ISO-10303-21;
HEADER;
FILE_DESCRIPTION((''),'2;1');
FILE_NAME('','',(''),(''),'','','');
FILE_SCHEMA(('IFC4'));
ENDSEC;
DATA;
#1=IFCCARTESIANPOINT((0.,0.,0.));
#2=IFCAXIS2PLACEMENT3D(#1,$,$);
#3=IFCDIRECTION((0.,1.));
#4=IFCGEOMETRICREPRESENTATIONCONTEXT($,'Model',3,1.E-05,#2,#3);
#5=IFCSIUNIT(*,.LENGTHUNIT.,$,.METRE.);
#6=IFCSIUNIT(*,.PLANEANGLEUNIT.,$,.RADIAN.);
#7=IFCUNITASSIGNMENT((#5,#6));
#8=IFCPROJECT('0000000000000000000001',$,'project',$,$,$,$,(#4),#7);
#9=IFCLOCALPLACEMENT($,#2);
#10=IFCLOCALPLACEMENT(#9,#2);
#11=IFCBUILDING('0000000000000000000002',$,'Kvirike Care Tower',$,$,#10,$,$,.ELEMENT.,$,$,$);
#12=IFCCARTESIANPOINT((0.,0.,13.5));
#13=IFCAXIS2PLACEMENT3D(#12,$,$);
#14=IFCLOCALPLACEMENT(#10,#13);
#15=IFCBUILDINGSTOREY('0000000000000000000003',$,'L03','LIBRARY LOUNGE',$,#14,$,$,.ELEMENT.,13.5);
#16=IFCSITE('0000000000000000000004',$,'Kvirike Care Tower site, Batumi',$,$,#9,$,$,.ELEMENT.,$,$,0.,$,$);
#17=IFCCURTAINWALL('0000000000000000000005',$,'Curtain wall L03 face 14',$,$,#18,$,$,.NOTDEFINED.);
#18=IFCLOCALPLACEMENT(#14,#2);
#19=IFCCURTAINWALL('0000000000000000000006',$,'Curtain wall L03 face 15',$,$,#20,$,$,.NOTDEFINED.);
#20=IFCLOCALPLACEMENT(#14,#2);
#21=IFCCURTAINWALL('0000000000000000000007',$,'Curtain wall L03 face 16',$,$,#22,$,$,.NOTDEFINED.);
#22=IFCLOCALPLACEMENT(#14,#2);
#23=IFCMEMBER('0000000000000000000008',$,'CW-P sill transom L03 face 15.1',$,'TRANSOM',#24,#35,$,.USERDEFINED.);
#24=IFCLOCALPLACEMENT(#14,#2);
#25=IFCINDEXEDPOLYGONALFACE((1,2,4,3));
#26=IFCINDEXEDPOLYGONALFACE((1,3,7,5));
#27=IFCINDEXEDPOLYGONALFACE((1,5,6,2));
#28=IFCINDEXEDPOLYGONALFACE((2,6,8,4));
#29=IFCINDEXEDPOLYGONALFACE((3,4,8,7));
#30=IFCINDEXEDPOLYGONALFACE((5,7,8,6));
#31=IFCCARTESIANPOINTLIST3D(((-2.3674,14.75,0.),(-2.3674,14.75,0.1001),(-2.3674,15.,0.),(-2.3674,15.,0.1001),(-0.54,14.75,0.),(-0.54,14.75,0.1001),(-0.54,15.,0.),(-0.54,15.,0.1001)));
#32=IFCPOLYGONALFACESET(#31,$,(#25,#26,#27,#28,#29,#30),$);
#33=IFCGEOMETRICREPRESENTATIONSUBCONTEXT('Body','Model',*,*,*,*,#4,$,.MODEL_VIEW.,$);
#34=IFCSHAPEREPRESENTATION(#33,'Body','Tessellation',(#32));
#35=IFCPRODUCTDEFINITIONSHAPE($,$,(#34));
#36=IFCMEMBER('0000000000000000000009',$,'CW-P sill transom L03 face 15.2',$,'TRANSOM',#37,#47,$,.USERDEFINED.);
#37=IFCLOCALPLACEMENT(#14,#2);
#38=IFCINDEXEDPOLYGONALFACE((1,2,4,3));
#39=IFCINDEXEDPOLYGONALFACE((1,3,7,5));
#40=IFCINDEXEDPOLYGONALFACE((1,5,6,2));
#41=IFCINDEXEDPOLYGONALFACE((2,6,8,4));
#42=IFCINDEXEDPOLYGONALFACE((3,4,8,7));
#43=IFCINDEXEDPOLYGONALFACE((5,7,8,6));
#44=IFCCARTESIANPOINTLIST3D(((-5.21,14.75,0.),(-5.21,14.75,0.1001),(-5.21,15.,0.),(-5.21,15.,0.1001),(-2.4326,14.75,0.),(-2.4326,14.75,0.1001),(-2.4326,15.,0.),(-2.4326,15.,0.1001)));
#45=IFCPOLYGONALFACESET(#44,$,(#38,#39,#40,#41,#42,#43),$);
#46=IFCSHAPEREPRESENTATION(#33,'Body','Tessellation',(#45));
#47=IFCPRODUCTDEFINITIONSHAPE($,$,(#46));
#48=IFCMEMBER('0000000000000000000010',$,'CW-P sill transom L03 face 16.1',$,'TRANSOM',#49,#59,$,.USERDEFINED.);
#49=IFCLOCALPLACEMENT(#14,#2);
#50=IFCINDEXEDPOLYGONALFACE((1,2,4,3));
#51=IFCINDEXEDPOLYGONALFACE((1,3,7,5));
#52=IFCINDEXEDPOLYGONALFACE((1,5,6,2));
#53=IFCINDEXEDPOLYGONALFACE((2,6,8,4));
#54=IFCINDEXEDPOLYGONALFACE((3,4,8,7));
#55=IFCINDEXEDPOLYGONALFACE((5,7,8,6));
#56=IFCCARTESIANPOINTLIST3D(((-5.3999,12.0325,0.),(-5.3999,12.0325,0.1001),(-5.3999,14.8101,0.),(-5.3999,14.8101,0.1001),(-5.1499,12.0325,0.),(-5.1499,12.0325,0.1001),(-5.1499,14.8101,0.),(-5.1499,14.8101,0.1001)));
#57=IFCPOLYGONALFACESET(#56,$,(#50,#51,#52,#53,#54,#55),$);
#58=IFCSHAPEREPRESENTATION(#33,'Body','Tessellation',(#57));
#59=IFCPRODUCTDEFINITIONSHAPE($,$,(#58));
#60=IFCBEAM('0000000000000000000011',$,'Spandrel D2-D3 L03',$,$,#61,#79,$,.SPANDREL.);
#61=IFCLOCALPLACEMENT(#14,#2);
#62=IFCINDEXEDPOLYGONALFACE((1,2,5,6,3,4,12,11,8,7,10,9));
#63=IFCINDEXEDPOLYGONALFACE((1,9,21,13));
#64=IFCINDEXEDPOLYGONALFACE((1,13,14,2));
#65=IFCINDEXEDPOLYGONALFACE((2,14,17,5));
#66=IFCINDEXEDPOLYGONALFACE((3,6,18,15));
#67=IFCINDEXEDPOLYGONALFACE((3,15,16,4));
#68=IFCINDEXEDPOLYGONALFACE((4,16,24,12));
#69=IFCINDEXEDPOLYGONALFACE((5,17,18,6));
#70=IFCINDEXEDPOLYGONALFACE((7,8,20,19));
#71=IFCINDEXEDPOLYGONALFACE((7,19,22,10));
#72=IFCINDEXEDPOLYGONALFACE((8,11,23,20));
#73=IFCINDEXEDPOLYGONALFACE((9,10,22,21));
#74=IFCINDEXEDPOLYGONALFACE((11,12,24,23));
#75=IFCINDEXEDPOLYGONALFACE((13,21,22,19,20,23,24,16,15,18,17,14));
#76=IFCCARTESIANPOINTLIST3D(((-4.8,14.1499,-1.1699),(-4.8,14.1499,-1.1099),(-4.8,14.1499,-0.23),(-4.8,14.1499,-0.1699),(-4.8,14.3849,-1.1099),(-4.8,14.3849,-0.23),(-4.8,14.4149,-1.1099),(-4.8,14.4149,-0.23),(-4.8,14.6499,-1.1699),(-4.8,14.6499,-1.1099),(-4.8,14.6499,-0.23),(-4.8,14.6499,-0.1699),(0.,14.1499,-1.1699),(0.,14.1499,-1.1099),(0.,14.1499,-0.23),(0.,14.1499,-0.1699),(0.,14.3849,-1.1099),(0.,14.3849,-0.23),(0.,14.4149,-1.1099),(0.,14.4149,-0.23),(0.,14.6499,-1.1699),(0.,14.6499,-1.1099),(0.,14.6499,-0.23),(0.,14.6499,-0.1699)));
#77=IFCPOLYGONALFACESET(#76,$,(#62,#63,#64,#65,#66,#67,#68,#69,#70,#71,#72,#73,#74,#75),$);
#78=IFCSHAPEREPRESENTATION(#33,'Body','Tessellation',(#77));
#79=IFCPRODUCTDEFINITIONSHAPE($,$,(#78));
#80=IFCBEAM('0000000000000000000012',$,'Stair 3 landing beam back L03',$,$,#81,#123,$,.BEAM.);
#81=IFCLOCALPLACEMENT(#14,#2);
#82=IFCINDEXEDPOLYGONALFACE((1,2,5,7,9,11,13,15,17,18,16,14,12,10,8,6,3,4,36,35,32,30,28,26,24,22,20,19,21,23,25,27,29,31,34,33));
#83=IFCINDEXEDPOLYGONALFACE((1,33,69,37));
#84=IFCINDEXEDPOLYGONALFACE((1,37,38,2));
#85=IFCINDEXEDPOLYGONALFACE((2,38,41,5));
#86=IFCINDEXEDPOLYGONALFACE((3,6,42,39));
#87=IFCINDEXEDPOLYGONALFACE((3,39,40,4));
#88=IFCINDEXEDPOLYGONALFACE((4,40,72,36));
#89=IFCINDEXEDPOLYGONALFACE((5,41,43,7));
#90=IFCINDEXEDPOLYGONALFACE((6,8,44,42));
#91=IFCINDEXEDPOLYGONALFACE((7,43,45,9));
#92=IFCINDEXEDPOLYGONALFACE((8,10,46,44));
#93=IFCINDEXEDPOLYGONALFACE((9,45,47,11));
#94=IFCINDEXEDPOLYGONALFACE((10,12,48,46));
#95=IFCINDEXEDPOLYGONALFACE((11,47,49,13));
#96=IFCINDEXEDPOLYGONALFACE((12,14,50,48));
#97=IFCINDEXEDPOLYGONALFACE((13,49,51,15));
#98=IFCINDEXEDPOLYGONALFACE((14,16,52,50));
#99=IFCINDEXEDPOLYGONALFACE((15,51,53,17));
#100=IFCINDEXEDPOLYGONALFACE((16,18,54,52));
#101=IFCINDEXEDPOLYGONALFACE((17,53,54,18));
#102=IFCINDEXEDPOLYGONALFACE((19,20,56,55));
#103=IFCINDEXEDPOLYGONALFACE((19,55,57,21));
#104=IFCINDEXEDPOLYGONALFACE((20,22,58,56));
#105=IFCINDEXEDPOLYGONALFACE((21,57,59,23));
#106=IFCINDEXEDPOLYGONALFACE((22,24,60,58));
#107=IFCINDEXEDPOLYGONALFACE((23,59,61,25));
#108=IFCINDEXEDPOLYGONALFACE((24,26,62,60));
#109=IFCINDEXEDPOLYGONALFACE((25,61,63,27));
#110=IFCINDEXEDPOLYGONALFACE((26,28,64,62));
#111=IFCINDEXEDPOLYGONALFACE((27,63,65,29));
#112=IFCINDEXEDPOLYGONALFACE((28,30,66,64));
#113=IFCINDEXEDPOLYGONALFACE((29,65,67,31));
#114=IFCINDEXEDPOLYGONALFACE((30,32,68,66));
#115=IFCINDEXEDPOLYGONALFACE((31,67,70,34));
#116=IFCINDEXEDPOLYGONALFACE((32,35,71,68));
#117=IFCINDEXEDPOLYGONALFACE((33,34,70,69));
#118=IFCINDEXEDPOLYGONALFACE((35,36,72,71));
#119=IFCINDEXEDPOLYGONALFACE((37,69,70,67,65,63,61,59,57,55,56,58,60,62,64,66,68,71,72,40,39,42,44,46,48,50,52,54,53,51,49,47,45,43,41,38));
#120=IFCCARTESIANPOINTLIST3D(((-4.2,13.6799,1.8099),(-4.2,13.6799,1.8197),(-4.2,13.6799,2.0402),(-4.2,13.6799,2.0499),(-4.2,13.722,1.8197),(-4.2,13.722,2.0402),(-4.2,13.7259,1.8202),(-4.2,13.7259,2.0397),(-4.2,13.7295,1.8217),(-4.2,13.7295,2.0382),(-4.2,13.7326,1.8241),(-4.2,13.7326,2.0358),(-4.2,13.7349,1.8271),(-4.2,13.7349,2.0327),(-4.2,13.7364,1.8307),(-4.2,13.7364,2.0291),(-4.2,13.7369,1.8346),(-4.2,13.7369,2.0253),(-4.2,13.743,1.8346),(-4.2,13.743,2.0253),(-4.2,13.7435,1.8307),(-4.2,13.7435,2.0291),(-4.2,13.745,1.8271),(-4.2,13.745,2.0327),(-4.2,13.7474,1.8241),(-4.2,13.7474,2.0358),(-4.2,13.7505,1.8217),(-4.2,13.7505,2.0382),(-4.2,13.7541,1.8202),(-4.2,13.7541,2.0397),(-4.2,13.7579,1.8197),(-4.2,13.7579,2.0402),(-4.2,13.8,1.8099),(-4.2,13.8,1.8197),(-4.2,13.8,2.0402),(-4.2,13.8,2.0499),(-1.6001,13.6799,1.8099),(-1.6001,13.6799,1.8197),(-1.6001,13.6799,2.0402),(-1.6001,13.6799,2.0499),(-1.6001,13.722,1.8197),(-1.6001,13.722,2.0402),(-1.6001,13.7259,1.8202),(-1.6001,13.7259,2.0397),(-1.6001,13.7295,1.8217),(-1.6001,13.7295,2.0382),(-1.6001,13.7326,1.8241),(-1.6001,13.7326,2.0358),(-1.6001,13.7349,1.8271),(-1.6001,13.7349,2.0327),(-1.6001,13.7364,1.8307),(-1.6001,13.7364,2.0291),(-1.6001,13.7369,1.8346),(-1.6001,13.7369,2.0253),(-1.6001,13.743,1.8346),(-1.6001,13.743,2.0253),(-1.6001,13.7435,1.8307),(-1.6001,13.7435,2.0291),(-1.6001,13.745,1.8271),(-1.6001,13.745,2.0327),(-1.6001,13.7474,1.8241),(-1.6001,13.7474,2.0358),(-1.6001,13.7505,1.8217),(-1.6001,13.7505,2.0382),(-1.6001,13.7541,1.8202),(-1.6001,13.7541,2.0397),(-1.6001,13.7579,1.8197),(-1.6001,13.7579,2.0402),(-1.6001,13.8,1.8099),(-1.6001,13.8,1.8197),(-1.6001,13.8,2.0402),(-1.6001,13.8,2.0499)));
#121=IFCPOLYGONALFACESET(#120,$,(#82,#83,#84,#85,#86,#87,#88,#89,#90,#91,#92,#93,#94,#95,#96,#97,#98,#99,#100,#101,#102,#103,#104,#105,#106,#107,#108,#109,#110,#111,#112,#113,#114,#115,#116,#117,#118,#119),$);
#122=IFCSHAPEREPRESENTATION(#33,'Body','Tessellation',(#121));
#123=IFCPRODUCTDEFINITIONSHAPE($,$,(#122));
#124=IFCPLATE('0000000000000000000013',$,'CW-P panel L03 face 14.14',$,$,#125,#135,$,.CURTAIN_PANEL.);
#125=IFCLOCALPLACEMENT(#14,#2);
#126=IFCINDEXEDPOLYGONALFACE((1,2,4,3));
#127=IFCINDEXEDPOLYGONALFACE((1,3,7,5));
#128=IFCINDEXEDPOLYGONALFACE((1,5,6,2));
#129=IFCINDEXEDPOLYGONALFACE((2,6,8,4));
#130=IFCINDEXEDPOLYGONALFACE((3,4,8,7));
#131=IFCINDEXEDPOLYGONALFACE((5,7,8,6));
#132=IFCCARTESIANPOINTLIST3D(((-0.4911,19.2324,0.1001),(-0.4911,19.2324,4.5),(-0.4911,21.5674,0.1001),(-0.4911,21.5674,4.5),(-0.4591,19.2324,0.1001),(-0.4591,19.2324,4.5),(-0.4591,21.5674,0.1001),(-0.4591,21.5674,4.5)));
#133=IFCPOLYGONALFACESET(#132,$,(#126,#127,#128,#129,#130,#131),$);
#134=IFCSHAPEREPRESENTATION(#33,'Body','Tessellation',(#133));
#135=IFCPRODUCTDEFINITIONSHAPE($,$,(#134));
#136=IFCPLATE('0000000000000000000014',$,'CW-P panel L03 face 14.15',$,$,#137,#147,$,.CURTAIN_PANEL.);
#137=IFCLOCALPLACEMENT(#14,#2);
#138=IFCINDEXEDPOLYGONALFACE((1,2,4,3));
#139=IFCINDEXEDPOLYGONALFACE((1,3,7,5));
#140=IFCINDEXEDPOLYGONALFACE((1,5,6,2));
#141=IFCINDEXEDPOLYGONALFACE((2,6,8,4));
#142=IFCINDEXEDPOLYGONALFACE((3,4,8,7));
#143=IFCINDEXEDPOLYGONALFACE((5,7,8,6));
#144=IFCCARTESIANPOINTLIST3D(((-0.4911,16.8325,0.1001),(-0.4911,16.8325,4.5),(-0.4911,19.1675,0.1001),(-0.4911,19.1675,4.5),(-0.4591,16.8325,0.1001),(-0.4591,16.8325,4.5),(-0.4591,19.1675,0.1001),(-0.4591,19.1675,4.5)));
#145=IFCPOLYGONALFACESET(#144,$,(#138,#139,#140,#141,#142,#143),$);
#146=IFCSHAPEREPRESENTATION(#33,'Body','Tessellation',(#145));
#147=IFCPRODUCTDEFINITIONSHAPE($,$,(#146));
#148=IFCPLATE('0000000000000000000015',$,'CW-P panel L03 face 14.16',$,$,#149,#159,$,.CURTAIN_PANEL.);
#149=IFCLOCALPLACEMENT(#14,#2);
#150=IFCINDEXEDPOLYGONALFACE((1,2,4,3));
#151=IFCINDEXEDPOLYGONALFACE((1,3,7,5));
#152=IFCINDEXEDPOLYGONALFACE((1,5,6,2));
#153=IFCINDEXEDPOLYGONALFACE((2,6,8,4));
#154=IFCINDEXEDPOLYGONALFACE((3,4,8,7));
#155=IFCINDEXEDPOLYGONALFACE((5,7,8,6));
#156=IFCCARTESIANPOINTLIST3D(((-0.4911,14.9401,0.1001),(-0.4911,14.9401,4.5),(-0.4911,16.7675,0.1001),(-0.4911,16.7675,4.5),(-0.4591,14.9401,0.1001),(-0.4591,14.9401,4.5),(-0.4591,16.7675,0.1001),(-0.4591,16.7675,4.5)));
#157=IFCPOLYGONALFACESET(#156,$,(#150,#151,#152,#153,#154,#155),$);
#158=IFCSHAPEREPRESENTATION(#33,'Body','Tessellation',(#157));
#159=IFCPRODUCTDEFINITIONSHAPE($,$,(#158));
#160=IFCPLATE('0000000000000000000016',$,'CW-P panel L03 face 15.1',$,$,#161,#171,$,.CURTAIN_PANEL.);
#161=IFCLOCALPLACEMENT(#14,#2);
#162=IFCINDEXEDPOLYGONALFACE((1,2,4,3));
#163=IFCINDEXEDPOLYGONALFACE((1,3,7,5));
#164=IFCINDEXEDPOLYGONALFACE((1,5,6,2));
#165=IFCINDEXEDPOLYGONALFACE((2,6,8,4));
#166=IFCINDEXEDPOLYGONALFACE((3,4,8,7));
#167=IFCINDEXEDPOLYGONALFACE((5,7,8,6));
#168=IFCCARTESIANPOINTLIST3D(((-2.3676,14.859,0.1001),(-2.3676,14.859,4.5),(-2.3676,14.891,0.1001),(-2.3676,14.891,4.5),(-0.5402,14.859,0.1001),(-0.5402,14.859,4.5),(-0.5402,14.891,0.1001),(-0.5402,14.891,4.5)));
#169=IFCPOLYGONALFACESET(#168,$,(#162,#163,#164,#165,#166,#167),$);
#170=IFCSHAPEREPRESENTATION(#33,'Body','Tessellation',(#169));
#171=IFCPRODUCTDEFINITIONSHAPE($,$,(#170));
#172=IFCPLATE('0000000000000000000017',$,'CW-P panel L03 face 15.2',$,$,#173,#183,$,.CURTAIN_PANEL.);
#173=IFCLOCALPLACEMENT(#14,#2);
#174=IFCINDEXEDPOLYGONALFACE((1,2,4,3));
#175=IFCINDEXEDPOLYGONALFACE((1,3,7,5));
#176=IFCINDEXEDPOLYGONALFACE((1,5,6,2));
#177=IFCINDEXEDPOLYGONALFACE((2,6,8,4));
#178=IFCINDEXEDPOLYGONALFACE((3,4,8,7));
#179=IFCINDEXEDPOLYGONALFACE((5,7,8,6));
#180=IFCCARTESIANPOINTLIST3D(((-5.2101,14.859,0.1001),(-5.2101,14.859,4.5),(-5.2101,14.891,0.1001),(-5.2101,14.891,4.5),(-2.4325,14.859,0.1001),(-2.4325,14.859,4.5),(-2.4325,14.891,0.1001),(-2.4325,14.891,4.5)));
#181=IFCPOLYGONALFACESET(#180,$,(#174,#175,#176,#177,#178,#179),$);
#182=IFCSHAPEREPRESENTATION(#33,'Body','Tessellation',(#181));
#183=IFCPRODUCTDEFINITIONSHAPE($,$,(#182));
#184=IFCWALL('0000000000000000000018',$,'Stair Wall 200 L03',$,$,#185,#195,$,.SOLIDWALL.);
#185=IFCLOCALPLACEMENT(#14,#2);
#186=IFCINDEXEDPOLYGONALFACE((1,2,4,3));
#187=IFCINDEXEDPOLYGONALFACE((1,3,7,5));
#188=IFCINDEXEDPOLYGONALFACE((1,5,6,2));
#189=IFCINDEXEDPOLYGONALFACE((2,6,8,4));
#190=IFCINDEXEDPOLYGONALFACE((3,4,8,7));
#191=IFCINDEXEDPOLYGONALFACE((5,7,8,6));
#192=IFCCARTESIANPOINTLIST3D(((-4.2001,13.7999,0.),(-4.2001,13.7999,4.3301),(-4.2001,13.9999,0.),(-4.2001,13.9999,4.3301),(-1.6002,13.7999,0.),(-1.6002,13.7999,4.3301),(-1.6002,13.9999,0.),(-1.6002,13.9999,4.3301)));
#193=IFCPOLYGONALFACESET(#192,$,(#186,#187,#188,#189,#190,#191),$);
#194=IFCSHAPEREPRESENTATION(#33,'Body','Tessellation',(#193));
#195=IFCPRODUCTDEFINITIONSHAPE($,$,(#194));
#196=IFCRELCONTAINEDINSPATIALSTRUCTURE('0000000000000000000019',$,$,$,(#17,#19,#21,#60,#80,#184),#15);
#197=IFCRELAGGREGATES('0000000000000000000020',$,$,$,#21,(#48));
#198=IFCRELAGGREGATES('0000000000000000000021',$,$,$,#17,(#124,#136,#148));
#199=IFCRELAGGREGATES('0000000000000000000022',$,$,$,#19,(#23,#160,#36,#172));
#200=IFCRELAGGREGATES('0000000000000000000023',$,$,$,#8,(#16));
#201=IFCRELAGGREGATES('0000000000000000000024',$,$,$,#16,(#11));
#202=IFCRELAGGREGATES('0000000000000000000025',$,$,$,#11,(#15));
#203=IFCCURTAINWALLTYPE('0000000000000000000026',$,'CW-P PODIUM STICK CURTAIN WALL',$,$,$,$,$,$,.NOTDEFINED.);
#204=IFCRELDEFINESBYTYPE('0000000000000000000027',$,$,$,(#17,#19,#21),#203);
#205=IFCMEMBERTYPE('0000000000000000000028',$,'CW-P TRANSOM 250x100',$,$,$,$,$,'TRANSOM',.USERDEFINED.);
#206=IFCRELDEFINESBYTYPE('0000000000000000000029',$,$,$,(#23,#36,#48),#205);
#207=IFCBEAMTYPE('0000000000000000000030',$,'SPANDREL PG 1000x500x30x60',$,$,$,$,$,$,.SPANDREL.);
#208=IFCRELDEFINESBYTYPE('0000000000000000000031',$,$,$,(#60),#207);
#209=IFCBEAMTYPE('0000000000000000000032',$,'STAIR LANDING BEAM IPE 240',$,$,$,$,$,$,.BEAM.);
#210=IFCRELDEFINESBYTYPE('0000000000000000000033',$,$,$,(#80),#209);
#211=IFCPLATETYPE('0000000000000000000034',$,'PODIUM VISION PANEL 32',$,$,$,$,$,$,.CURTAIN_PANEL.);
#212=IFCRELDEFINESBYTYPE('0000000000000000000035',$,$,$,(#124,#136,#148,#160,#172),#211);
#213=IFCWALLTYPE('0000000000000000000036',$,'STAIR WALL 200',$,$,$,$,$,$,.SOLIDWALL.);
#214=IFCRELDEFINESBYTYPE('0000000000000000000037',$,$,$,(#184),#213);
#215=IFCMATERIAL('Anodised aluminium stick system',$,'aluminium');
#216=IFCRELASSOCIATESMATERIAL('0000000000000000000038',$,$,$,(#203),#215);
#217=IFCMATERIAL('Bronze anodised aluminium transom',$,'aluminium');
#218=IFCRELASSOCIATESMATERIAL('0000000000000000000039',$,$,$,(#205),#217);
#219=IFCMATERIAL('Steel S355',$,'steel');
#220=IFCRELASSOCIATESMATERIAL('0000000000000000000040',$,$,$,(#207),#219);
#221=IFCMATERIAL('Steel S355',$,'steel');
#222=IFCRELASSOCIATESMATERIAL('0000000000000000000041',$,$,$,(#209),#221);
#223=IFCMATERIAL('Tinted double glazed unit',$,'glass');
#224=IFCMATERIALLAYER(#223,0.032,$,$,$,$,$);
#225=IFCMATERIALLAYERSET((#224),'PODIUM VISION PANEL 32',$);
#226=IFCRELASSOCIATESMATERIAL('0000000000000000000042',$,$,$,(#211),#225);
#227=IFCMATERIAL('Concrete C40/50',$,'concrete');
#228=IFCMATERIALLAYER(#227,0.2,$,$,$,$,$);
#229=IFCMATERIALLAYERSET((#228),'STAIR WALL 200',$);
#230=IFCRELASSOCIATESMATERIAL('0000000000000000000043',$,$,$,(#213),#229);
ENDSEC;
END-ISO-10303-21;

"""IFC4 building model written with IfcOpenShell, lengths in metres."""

from ifc_helpers import new_model, si_unit, direction, frame, frame_2d, origin, origin_2d, place, context, subcontext, project, spatial, rectangle, i_section, extrude, material, layer, layer_set, material_profile, profile_set, type_object, element, aggregate, save


model = new_model("IFC4")

# Units and contexts
model_context = context("Model", 3, precision=1e-05, world=origin(), true_north=direction((0.0, 1.0)))
body_context = subcontext(model_context, "Body", "Model", "MODEL_VIEW")
ifc_project = project(units=[si_unit("LENGTHUNIT", "METRE"), si_unit("PLANEANGLEUNIT", "RADIAN")], contexts=[model_context])

# Site, building, storey
site_placement = place(None, origin())
site = spatial("IfcSite", under=ifc_project, at=site_placement, Name="Kvirike Care Tower site, Batumi", CompositionType="ELEMENT", RefElevation=0.0)
building_placement = place(site_placement, origin())
building = spatial("IfcBuilding", under=site, at=building_placement, Name="Kvirike Care Tower", CompositionType="ELEMENT")
storey_placement = place(building_placement, frame((0.0, 0.0, 13.5)))
storey = spatial("IfcBuildingStorey", under=building, at=storey_placement, Name="L03", Description="LIBRARY LOUNGE", CompositionType="ELEMENT", Elevation=13.5)

# Curtain walls
ifc_material_1 = material(Name="Anodised aluminium stick system", Category="aluminium")
curtain_wall_type = type_object("IfcCurtainWallType", Name="CW-P PODIUM STICK CURTAIN WALL", PredefinedType="NOTDEFINED", material=ifc_material_1)
curtain_wall_1_placement = place(storey_placement, origin())
curtain_wall_1 = element("IfcCurtainWall", 1, at=curtain_wall_1_placement, inside=storey, type_object=curtain_wall_type, Name="Curtain wall L03 face 14", PredefinedType="NOTDEFINED")
curtain_wall_2_placement = place(storey_placement, origin())
curtain_wall_2 = element("IfcCurtainWall", 2, at=curtain_wall_2_placement, inside=storey, type_object=curtain_wall_type, Name="Curtain wall L03 face 15", PredefinedType="NOTDEFINED")

# Curtain wall
curtain_wall_3_placement = place(storey_placement, origin())
curtain_wall_3 = element("IfcCurtainWall", 3, at=curtain_wall_3_placement, inside=storey, type_object=curtain_wall_type, Name="Curtain wall L03 face 16", PredefinedType="NOTDEFINED")

# Members
ifc_material_2 = material(Name="Bronze anodised aluminium transom", Category="aluminium")
ifc_material_profile_1 = material_profile(ifc_material_2, rectangle(XDim=0.25, YDim=0.1001, at=origin_2d()), Name="CW-P TRANSOM 250x100")
ifc_profile_set_1 = profile_set([ifc_material_profile_1], Name="Bronze anodised aluminium transom")
member_type_1 = type_object("IfcMemberType", Name="CW-P TRANSOM 250x100", ElementType="TRANSOM", PredefinedType="USERDEFINED", material=ifc_profile_set_1)
member_1_placement = place(storey_placement, frame((-0.54, 14.875, 0.05), z_axis=(-1.0, 0.0, 0.0), x_axis=(0.0, -1.0, 0.0)))
member_1 = element("IfcMember", 4, at=member_1_placement, type_object=member_type_1, Name="CW-P sill transom L03 face 15.1", ObjectType="TRANSOM", PredefinedType="USERDEFINED", context=body_context, shape_type="SweptSolid", body=[
    extrude(rectangle(XDim=0.25, YDim=0.1001, at=origin_2d()), origin(), (0.0, 0.0, 1.0), 1.8274),
])
member_2_placement = place(storey_placement, frame((-2.4326, 14.875, 0.05), z_axis=(-1.0, 0.0, 0.0), x_axis=(0.0, -1.0, 0.0)))
member_2 = element("IfcMember", 5, at=member_2_placement, type_object=member_type_1, Name="CW-P sill transom L03 face 15.2", ObjectType="TRANSOM", PredefinedType="USERDEFINED", context=body_context, shape_type="SweptSolid", body=[
    extrude(rectangle(XDim=0.25, YDim=0.1001, at=origin_2d()), origin(), (0.0, 0.0, 1.0), 2.7773),
])
member_3_placement = place(storey_placement, frame((-5.2749, 14.8101, 0.05), z_axis=(0.0, -1.0, 0.0), x_axis=(1.0, 0.0, 0.0)))
member_3 = element("IfcMember", 6, at=member_3_placement, type_object=member_type_1, Name="CW-P sill transom L03 face 16.1", ObjectType="TRANSOM", PredefinedType="USERDEFINED", context=body_context, shape_type="SweptSolid", body=[
    extrude(rectangle(XDim=0.25, YDim=0.1001, at=origin_2d()), origin(), (0.0, 0.0, 1.0), 2.7776),
])
aggregate(curtain_wall_3, [member_3])

# Beams
ifc_material_3 = material(Name="Steel S355", Category="steel")
ifc_material_profile_2 = material_profile(ifc_material_3, i_section(OverallWidth=0.5, OverallDepth=1.0, WebThickness=0.03, FlangeThickness=0.0601, at=origin_2d()), Name="PG 1000x500x30x60")
ifc_profile_set_2 = profile_set([ifc_material_profile_2], Name="Steel S355")
beam_type_1 = type_object("IfcBeamType", Name="SPANDREL PG 1000x500x30x60", PredefinedType="SPANDREL", material=ifc_profile_set_2)
beam_1_placement = place(storey_placement, frame((-4.8, 14.3999, -0.6699), z_axis=(1.0, 0.0, 0.0), x_axis=(0.0, 1.0, 0.0)))
element("IfcBeam", 7, at=beam_1_placement, inside=storey, type_object=beam_type_1, Name="Spandrel D2-D3 L03", PredefinedType="SPANDREL", context=body_context, shape_type="SweptSolid", body=[
    extrude(i_section(OverallWidth=0.5, OverallDepth=1.0, WebThickness=0.03, FlangeThickness=0.0601, at=origin_2d()), origin(), (0.0, 0.0, 1.0), 4.8),
])
ifc_material_4 = material(Name="Steel S355", Category="steel")
ifc_material_profile_3 = material_profile(ifc_material_4, i_section(OverallWidth=0.1201, OverallDepth=0.24, WebThickness=0.0061, FlangeThickness=0.0098, FilletRadius=0.0149, at=origin_2d()), Name="IPE 240")
ifc_profile_set_3 = profile_set([ifc_material_profile_3], Name="Steel S355")
beam_type_2 = type_object("IfcBeamType", Name="STAIR LANDING BEAM IPE 240", PredefinedType="BEAM", material=ifc_profile_set_3)
beam_2_placement = place(storey_placement, frame((-4.2, 13.74, 1.9299), z_axis=(1.0, 0.0, 0.0), x_axis=(0.0, 1.0, 0.0)))
element("IfcBeam", 8, at=beam_2_placement, inside=storey, type_object=beam_type_2, Name="Stair 3 landing beam back L03", PredefinedType="BEAM", context=body_context, shape_type="SweptSolid", body=[
    extrude(i_section(OverallWidth=0.1201, OverallDepth=0.24, WebThickness=0.0061, FlangeThickness=0.0098, FilletRadius=0.0149, at=origin_2d()), origin(), (0.0, 0.0, 1.0), 2.5999),
])

# Plates
ifc_material_5 = material(Name="Tinted double glazed unit", Category="glass")
ifc_layer_1 = layer(ifc_material_5, 0.032)
ifc_layer_set_1 = layer_set([ifc_layer_1], Name="PODIUM VISION PANEL 32")
plate_type = type_object("IfcPlateType", Name="PODIUM VISION PANEL 32", PredefinedType="CURTAIN_PANEL", material=ifc_layer_set_1)
plate_1_placement = place(storey_placement, frame((-0.4751, 20.3999, 0.1001), z_axis=(0.0, 0.0, 1.0), x_axis=(0.0, -1.0, 0.0)))
plate_1 = element("IfcPlate", 9, at=plate_1_placement, type_object=plate_type, Name="CW-P panel L03 face 14.14", PredefinedType="CURTAIN_PANEL", context=body_context, shape_type="SweptSolid", body=[
    extrude(rectangle(XDim=2.335, YDim=0.032, at=origin_2d()), origin(), (0.0, 0.0, 1.0), 4.3999),
])
plate_2_placement = place(storey_placement, frame((-0.4751, 18.0, 0.1001), z_axis=(0.0, 0.0, 1.0), x_axis=(0.0, -1.0, 0.0)))
plate_2 = element("IfcPlate", 10, at=plate_2_placement, type_object=plate_type, Name="CW-P panel L03 face 14.15", PredefinedType="CURTAIN_PANEL", context=body_context, shape_type="SweptSolid", body=[
    extrude(rectangle(XDim=2.335, YDim=0.032, at=origin_2d()), origin(), (0.0, 0.0, 1.0), 4.3999),
])
plate_3_placement = place(storey_placement, frame((-0.4751, 15.8538, 0.1001), z_axis=(0.0, 0.0, 1.0), x_axis=(0.0, -1.0, 0.0)))
plate_3 = element("IfcPlate", 11, at=plate_3_placement, type_object=plate_type, Name="CW-P panel L03 face 14.16", PredefinedType="CURTAIN_PANEL", context=body_context, shape_type="SweptSolid", body=[
    extrude(rectangle(XDim=1.8274, YDim=0.032, at=origin_2d()), origin(), (0.0, 0.0, 1.0), 4.3999),
])
aggregate(curtain_wall_1, [plate_1, plate_2, plate_3])
plate_4_placement = place(storey_placement, frame((-1.4539, 14.875, 0.1001), z_axis=(0.0, 0.0, 1.0), x_axis=(-1.0, 0.0, 0.0)))
plate_4 = element("IfcPlate", 12, at=plate_4_placement, type_object=plate_type, Name="CW-P panel L03 face 15.1", PredefinedType="CURTAIN_PANEL", context=body_context, shape_type="SweptSolid", body=[
    extrude(rectangle(XDim=1.8274, YDim=0.032, at=origin_2d()), origin(), (0.0, 0.0, 1.0), 4.3999),
])
plate_5_placement = place(storey_placement, frame((-3.8213, 14.875, 0.1001), z_axis=(0.0, 0.0, 1.0), x_axis=(-1.0, 0.0, 0.0)))
plate_5 = element("IfcPlate", 13, at=plate_5_placement, type_object=plate_type, Name="CW-P panel L03 face 15.2", PredefinedType="CURTAIN_PANEL", context=body_context, shape_type="SweptSolid", body=[
    extrude(rectangle(XDim=2.7776, YDim=0.032, at=origin_2d()), origin(), (0.0, 0.0, 1.0), 4.3999),
])
aggregate(curtain_wall_2, [member_1, plate_4, member_2, plate_5])

# Wall
ifc_material_6 = material(Name="Concrete C40/50", Category="concrete")
ifc_layer_2 = layer(ifc_material_6, 0.2)
ifc_layer_set_2 = layer_set([ifc_layer_2], Name="STAIR WALL 200")
wall_type = type_object("IfcWallType", Name="STAIR WALL 200", PredefinedType="SOLIDWALL", material=ifc_layer_set_2)
wall_placement = place(storey_placement, frame((-4.2, 13.8999, 0.0), z_axis=(0.0, 0.0, 1.0), x_axis=(1.0, 0.0, 0.0)))
element("IfcWall", 14, at=wall_placement, inside=storey, type_object=wall_type, Name="Stair Wall 200 L03", PredefinedType="SOLIDWALL", context=body_context, shape_type="SweptSolid", body=[
    extrude(rectangle(XDim=2.5999, YDim=0.2, at=frame_2d((1.2998, 0.0))), origin(), (0.0, 0.0, 1.0), 4.3301),
])

save(model, "model.ifc")
